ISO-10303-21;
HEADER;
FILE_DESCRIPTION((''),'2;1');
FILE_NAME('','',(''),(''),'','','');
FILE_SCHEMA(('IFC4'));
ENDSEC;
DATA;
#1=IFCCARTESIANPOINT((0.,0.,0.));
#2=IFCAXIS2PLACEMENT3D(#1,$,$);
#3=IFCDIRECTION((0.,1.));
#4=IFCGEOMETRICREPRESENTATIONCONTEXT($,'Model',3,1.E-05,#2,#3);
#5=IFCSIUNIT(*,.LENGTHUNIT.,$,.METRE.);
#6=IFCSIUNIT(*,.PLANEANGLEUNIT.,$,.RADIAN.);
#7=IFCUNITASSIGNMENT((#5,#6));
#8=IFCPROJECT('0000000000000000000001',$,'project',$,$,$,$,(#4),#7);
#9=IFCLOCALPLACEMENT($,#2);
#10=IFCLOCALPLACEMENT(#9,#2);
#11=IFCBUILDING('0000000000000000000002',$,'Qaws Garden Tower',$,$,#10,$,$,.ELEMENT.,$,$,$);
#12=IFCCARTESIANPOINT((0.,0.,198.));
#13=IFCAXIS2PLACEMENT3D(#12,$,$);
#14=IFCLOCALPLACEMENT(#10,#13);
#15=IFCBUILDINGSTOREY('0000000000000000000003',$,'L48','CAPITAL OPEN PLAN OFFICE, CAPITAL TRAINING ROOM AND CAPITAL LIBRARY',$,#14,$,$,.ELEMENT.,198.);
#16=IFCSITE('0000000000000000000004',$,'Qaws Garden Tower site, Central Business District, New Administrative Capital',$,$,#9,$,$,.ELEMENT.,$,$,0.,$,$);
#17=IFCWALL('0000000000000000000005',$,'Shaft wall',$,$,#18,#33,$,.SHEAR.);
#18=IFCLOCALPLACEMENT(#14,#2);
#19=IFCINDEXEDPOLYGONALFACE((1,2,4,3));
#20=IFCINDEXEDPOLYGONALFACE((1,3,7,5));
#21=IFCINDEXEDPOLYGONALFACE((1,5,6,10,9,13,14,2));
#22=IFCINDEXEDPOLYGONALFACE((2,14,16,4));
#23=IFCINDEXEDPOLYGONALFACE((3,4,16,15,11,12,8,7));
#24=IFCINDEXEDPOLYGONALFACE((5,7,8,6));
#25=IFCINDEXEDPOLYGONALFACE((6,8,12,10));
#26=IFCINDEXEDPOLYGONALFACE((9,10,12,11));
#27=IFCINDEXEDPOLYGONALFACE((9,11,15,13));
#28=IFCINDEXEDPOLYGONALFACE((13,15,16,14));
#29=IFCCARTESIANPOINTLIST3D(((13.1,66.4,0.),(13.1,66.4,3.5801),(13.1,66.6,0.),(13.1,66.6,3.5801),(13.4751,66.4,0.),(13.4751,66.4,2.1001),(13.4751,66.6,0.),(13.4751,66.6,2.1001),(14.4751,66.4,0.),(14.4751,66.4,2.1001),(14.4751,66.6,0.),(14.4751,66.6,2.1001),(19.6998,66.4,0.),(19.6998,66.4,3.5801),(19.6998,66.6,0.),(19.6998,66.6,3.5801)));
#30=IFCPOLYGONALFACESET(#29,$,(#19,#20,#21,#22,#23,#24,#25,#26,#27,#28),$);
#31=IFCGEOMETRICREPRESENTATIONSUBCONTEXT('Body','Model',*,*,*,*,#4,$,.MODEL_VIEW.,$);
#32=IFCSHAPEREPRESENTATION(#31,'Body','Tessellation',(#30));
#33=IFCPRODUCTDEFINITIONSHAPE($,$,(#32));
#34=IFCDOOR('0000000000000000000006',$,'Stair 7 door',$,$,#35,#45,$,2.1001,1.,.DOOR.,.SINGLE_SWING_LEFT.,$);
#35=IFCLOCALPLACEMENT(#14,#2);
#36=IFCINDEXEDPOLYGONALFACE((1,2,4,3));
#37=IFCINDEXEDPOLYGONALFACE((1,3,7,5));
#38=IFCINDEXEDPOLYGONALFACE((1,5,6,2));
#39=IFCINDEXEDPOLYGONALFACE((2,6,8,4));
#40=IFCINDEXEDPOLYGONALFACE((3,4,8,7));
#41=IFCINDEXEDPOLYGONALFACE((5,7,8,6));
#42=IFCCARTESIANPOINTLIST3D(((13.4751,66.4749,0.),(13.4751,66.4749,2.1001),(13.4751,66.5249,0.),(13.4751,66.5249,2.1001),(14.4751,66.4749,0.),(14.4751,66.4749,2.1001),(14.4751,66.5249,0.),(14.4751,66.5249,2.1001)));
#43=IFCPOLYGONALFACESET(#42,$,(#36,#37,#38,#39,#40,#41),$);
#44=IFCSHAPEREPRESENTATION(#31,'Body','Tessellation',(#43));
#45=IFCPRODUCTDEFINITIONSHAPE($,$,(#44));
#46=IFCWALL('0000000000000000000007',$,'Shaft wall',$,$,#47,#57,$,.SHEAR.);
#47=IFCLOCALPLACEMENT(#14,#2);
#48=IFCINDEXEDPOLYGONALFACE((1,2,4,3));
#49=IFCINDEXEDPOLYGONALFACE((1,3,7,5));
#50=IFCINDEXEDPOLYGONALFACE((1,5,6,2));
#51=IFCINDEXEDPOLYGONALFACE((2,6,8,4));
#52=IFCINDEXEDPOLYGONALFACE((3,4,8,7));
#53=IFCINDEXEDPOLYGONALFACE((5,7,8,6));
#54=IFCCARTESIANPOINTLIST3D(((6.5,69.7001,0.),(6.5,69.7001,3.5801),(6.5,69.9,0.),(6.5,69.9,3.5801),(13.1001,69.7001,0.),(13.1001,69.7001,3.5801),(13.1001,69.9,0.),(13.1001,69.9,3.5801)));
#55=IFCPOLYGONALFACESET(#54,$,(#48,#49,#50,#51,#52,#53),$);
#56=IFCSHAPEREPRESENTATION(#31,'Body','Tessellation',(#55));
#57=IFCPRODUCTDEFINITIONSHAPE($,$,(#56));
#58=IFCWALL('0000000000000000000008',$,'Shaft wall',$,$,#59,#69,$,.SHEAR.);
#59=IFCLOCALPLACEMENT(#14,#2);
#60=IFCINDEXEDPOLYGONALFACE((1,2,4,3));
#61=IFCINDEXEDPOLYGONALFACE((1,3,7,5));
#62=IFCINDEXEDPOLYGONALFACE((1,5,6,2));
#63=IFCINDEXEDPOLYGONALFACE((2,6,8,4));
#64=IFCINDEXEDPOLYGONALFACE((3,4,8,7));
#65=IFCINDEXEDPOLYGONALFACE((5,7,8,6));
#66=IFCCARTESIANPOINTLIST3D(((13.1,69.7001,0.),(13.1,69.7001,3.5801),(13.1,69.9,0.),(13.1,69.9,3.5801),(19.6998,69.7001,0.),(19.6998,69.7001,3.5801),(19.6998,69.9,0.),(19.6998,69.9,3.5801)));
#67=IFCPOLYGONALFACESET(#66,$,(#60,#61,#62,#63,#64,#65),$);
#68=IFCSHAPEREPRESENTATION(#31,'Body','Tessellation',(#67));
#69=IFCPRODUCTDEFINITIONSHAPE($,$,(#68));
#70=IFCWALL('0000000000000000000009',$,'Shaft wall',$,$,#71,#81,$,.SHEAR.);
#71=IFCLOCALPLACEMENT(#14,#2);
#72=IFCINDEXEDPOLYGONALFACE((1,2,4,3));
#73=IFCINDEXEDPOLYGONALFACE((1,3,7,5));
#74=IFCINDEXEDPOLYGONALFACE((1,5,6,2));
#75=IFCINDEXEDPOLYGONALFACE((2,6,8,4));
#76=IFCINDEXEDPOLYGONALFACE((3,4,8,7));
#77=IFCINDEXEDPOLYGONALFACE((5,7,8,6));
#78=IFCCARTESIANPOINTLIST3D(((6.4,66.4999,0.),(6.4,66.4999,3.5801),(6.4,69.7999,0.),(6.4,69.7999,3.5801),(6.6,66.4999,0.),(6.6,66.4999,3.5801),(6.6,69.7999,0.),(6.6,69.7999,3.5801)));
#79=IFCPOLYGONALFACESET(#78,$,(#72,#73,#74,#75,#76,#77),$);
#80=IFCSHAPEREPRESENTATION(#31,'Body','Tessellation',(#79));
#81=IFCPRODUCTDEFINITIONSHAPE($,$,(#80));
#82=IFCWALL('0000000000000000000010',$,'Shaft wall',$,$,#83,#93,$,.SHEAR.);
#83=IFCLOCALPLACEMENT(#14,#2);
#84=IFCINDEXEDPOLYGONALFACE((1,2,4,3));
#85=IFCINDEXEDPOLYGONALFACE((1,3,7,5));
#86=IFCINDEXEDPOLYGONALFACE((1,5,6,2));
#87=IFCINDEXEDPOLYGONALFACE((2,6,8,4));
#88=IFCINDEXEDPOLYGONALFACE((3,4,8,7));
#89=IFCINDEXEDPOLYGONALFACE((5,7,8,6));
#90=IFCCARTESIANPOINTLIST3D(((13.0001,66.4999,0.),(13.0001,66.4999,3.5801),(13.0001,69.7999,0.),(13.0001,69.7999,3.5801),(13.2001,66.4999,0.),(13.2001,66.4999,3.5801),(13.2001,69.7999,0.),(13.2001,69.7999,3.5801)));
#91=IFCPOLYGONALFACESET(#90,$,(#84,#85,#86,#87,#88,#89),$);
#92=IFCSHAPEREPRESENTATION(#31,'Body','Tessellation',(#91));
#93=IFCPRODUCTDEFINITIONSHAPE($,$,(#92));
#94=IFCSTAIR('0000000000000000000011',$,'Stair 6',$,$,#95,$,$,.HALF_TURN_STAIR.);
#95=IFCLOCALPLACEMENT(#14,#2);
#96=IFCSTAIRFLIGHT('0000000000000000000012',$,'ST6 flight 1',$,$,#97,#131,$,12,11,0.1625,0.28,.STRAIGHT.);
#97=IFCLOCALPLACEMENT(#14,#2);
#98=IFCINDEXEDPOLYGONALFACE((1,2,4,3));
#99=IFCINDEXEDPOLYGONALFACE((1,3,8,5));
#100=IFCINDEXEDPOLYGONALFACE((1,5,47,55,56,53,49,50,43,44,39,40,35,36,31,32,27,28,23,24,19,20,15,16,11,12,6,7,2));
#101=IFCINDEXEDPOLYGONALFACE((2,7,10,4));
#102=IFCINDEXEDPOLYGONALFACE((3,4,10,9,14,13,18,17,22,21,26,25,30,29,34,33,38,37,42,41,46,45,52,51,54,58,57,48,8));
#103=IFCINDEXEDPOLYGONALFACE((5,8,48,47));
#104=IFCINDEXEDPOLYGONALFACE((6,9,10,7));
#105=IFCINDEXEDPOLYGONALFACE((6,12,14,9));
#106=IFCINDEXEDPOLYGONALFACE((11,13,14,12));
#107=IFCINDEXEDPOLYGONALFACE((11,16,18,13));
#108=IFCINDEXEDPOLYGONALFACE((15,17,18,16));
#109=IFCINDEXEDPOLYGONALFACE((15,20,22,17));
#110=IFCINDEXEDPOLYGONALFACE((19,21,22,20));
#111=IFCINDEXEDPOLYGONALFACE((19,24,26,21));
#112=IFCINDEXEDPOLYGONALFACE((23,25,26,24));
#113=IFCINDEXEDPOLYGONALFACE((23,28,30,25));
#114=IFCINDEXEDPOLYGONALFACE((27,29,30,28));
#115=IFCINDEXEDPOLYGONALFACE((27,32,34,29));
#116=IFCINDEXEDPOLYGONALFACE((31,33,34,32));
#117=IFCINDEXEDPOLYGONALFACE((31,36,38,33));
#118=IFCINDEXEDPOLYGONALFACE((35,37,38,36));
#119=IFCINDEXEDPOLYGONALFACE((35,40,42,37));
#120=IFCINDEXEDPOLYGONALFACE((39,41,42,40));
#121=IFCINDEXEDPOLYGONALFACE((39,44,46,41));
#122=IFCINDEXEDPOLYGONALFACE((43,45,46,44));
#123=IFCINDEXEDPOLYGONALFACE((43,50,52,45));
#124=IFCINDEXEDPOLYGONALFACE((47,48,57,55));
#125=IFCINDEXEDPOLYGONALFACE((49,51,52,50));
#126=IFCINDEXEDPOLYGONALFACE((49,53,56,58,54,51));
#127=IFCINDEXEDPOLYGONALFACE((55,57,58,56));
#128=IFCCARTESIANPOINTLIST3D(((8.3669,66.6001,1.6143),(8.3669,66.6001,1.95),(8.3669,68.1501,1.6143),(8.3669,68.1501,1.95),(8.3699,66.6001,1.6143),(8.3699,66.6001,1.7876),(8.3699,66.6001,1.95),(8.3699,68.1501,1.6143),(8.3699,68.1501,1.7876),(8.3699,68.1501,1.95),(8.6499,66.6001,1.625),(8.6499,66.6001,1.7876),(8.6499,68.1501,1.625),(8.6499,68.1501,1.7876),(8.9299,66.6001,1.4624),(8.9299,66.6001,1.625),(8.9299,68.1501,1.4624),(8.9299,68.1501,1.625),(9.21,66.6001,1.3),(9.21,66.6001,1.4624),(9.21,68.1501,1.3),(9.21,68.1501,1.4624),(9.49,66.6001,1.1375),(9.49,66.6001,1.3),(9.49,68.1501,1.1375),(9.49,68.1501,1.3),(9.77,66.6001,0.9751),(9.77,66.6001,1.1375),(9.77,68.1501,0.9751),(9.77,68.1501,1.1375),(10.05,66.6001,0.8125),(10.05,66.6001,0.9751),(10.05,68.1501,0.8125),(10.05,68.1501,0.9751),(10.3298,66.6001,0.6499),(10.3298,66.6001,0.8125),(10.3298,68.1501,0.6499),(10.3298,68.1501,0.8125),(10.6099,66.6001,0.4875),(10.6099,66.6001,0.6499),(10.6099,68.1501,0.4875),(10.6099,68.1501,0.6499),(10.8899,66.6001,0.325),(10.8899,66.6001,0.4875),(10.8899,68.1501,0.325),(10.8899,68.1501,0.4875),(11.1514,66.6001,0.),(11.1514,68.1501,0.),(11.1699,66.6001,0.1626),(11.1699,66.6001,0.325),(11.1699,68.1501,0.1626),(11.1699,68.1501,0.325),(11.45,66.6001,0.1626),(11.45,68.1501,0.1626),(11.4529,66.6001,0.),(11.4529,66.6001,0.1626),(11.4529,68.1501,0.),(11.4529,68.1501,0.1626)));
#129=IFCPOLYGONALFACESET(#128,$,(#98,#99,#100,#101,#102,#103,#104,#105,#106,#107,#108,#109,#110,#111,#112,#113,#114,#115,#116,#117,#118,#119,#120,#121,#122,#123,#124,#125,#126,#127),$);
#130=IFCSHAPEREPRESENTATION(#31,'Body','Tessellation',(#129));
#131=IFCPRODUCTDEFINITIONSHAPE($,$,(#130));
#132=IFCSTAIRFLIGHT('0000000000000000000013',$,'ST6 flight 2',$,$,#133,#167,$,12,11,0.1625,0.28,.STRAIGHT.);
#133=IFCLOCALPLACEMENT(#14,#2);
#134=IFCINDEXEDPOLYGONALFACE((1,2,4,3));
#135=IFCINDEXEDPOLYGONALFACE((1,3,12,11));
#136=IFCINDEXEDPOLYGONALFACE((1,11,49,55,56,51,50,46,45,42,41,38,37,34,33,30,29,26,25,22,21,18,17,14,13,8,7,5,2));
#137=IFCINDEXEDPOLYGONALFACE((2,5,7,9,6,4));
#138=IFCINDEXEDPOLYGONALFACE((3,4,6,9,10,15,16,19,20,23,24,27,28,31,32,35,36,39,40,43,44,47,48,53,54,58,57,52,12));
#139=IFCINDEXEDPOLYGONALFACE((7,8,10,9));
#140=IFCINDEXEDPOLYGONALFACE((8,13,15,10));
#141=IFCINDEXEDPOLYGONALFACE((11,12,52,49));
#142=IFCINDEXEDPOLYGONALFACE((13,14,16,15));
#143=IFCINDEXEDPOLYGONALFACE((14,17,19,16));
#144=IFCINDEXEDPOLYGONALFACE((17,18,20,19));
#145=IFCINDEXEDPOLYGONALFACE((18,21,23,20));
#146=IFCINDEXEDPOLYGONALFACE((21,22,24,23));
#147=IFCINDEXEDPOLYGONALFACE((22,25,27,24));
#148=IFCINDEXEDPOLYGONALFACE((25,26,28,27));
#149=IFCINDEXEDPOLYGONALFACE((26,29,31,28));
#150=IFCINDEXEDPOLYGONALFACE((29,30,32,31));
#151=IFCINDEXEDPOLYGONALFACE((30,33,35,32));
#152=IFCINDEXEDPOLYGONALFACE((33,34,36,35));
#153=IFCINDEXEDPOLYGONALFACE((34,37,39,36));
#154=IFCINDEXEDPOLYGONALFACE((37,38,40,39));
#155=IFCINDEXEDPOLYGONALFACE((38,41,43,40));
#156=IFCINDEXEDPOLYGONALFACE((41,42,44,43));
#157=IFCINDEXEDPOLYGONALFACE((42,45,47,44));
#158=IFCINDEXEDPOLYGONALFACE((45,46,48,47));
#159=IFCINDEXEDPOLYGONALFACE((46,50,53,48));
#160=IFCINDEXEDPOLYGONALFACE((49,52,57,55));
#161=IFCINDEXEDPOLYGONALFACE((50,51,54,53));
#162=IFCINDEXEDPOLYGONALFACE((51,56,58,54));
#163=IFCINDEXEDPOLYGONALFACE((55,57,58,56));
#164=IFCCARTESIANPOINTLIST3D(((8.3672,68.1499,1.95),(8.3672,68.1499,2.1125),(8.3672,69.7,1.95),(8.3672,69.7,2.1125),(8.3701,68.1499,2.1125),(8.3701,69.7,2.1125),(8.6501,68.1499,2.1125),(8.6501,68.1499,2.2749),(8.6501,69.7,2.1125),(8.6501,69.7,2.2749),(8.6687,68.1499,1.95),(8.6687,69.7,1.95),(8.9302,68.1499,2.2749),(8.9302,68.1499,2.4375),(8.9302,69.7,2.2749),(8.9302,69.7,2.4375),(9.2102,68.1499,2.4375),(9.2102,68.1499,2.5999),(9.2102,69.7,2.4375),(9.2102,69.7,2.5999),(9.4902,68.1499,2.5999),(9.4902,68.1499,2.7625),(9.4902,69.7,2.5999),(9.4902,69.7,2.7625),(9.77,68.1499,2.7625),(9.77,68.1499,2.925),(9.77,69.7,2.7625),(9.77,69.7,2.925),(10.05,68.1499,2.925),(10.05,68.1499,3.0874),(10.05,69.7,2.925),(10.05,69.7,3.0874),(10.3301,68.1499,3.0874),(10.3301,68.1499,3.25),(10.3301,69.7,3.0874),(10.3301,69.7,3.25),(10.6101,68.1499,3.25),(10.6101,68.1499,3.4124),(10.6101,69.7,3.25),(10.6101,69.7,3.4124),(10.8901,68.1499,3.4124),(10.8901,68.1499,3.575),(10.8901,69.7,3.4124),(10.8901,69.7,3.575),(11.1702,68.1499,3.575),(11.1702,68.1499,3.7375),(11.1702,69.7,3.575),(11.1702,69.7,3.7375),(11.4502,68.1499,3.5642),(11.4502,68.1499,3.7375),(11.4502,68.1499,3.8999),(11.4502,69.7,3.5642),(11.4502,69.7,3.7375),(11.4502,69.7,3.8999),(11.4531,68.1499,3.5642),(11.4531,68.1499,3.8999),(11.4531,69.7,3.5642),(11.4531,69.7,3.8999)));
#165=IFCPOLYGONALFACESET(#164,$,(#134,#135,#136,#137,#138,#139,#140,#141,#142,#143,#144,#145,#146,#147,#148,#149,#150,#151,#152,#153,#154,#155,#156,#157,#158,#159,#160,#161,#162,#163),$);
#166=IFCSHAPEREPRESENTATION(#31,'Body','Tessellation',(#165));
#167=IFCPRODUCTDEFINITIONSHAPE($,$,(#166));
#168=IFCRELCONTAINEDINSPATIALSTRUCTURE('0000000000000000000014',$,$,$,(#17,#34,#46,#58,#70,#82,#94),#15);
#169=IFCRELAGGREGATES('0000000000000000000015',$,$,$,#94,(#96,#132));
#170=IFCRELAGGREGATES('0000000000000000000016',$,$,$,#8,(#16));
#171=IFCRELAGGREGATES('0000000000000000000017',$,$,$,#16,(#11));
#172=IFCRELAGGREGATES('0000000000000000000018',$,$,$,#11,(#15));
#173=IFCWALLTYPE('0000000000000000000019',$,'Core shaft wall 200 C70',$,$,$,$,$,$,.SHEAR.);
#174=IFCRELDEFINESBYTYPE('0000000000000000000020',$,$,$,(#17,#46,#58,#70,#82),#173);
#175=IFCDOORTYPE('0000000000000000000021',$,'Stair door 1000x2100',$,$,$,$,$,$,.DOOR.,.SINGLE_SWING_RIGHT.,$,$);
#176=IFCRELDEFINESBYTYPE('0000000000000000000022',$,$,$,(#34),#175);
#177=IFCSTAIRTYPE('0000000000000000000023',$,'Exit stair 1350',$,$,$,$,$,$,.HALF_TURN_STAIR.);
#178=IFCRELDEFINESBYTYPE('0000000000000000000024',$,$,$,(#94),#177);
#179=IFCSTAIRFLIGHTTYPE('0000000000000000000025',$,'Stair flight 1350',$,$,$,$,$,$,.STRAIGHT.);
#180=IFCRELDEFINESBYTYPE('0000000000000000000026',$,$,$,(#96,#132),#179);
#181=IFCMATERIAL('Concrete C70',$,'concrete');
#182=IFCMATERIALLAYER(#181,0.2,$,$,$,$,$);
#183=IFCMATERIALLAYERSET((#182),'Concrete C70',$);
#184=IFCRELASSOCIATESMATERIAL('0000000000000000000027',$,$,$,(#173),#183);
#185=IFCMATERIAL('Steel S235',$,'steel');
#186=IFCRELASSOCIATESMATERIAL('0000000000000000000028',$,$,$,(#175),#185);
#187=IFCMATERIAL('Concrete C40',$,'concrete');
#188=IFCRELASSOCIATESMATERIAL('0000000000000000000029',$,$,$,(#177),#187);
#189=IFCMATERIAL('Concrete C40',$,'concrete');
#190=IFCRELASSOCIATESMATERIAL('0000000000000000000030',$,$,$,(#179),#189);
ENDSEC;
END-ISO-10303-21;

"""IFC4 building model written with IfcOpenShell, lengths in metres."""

from ifc_helpers import new_model, si_unit, direction, frame, frame_2d, origin, place, context, subcontext, project, spatial, polyline, rectangle, outline, extrude, material, layer, layer_set, type_object, element, fill, aggregate, save


model = new_model("IFC4")

# Units and contexts
model_context = context("Model", 3, precision=1e-05, world=origin(), true_north=direction((0.0, 1.0)))
body_context = subcontext(model_context, "Body", "Model", "MODEL_VIEW")
ifc_project = project(units=[si_unit("LENGTHUNIT", "METRE"), si_unit("PLANEANGLEUNIT", "RADIAN")], contexts=[model_context])

# Site, building, storey
site_placement = place(None, origin())
site = spatial("IfcSite", under=ifc_project, at=site_placement, Name="Qaws Garden Tower site, Central Business District, New Administrative Capital", CompositionType="ELEMENT", RefElevation=0.0)
building_placement = place(site_placement, origin())
building = spatial("IfcBuilding", under=site, at=building_placement, Name="Qaws Garden Tower", CompositionType="ELEMENT")
storey_placement = place(building_placement, frame((0.0, 0.0, 198.0)))
storey = spatial("IfcBuildingStorey", under=building, at=storey_placement, Name="L48", Description="CAPITAL OPEN PLAN OFFICE, CAPITAL TRAINING ROOM AND CAPITAL LIBRARY", CompositionType="ELEMENT", Elevation=198.0)

# Wall, opening, door
ifc_material_1 = material(Name="Concrete C70", Category="concrete")
ifc_layer_1 = layer(ifc_material_1, 0.2)
ifc_layer_set_1 = layer_set([ifc_layer_1], Name="Concrete C70")
wall_type_1 = type_object("IfcWallType", Name="Core shaft wall 200 C70", PredefinedType="SHEAR", material=ifc_layer_set_1)
wall_1_placement = place(storey_placement, frame((13.1001, 66.5, 0.0), z_axis=(0.0, 0.0, 1.0), x_axis=(1.0, 0.0, 0.0)))
wall_1 = element("IfcWall", 1, at=wall_1_placement, inside=storey, type_object=wall_type_1, Name="Shaft wall", PredefinedType="SHEAR", context=body_context, shape_type="SweptSolid", body=[
    extrude(rectangle(XDim=6.5999, YDim=0.2, at=frame_2d((3.2998, 0.0))), origin(), (0.0, 0.0, 1.0), 3.5801),
])
opening_1_placement = place(wall_1_placement, frame((0.375, 0.0, 0.0)))
opening_1 = element("IfcOpeningElement", 2, at=opening_1_placement, cuts=wall_1, PredefinedType="OPENING", context=body_context, shape_type="SweptSolid", body=[
    extrude(rectangle(XDim=1.0, YDim=2.1001, at=frame_2d((0.5, 1.05))), frame((0.0, 0.1099, 0.0), z_axis=(0.0, -1.0, 0.0), x_axis=(1.0, 0.0, 0.0)), (0.0, 0.0, 1.0), 0.22),
])
ifc_material_2 = material(Name="Steel S235", Category="steel")
door_type = type_object("IfcDoorType", Name="Stair door 1000x2100", OperationType="SINGLE_SWING_RIGHT", PredefinedType="DOOR", material=ifc_material_2)
door_placement = place(opening_1_placement, origin())
door = element("IfcDoor", 3, at=door_placement, inside=storey, type_object=door_type, Name="Stair 7 door", OperationType="SINGLE_SWING_LEFT", OverallHeight=2.1001, OverallWidth=1.0, PredefinedType="DOOR", context=body_context, shape_type="SweptSolid", body=[
    extrude(rectangle(XDim=1.0, YDim=2.1001, at=frame_2d((0.5, 1.05))), frame((0.0, 0.0249, 0.0), z_axis=(0.0, -1.0, 0.0), x_axis=(1.0, 0.0, 0.0)), (0.0, 0.0, 1.0), 0.05),
])
fill(opening_1, door)

# Walls
wall_2_placement = place(storey_placement, frame((6.5, 69.8, 0.0), z_axis=(0.0, 0.0, 1.0), x_axis=(1.0, 0.0, 0.0)))
element("IfcWall", 4, at=wall_2_placement, inside=storey, type_object=wall_type_1, Name="Shaft wall", PredefinedType="SHEAR", context=body_context, shape_type="SweptSolid", body=[
    extrude(rectangle(XDim=6.6001, YDim=0.2, at=frame_2d((3.3, 0.0))), origin(), (0.0, 0.0, 1.0), 3.5801),
])
wall_3_placement = place(storey_placement, frame((13.1001, 69.8, 0.0), z_axis=(0.0, 0.0, 1.0), x_axis=(1.0, 0.0, 0.0)))
element("IfcWall", 5, at=wall_3_placement, inside=storey, type_object=wall_type_1, Name="Shaft wall", PredefinedType="SHEAR", context=body_context, shape_type="SweptSolid", body=[
    extrude(rectangle(XDim=6.5999, YDim=0.2, at=frame_2d((3.2998, 0.0))), origin(), (0.0, 0.0, 1.0), 3.5801),
])
for number, where, z_axis, x_axis, name in (
    (6, (6.5, 66.5, 0.0), (0.0, 0.0, 1.0), (0.0, 1.0, 0.0), "Shaft wall"),
    (7, (13.1001, 66.5, 0.0), (0.0, 0.0, 1.0), (0.0, 1.0, 0.0), "Shaft wall"),
):
    element("IfcWall", number, at=place(storey_placement, frame(where, z_axis=z_axis, x_axis=x_axis)), inside=storey, type_object=wall_type_1, Name=name, PredefinedType="SHEAR", context=body_context, shape_type="SweptSolid", body=[
        extrude(rectangle(XDim=3.3, YDim=0.2, at=frame_2d((1.6499, 0.0))), origin(), (0.0, 0.0, 1.0), 3.5801),
    ])

# Stair, stair flights
ifc_material_3 = material(Name="Concrete C40", Category="concrete")
stair_type = type_object("IfcStairType", Name="Exit stair 1350", PredefinedType="HALF_TURN_STAIR", material=ifc_material_3)
placement = place(storey_placement, origin())
stair_1 = element("IfcStair", 8, at=placement, inside=storey, type_object=stair_type, Name="Stair 6", PredefinedType="HALF_TURN_STAIR")
ifc_material_4 = material(Name="Concrete C40", Category="concrete")
stair_flight_type = type_object("IfcStairFlightType", Name="Stair flight 1350", PredefinedType="STRAIGHT", material=ifc_material_4)
stair_flight_1_placement = place(storey_placement, frame((11.45, 67.375, 0.0), z_axis=(0.0, 0.0, 1.0), x_axis=(-1.0, 0.0, 0.0)))
stair_flight_1 = element("IfcStairFlight", 9, at=stair_flight_1_placement, type_object=stair_flight_type, Name="ST6 flight 1", NumberOfRisers=12, NumberOfTreads=11, PredefinedType="STRAIGHT", RiserHeight=0.1625, TreadLength=0.28, context=body_context, shape_type="SweptSolid", body=[
    extrude(outline(polyline([(-0.0029, 0.0), (-0.0029, 0.1626), (0.0, 0.1626), (0.28, 0.1626), (0.28, 0.325), (0.5601, 0.325), (0.5601, 0.4875), (0.8401, 0.4875), (0.8401, 0.6499), (1.1201, 0.6499), (1.1201, 0.8125), (1.3999, 0.8125), (1.3999, 0.9751), (1.6799, 0.9751), (1.6799, 1.1375), (1.96, 1.1375), (1.96, 1.3), (2.24, 1.3), (2.24, 1.4624), (2.52, 1.4624), (2.52, 1.625), (2.8, 1.625), (2.8, 1.7876), (3.0801, 1.7876), (3.0801, 1.95), (3.083, 1.95), (3.083, 1.6143), (3.0801, 1.6143), (0.2986, 0.0), (-0.0029, 0.0)])), frame((0.0, 0.7749, 0.0), z_axis=(0.0, -1.0, 0.0), x_axis=(1.0, 0.0, 0.0)), (0.0, 0.0, 1.0), 1.55),
])
stair_flight_2_placement = place(storey_placement, frame((8.3701, 68.925, 1.95), z_axis=(0.0, 0.0, 1.0), x_axis=(1.0, 0.0, 0.0)))
stair_flight_2 = element("IfcStairFlight", 10, at=stair_flight_2_placement, type_object=stair_flight_type, Name="ST6 flight 2", NumberOfRisers=12, NumberOfTreads=11, PredefinedType="STRAIGHT", RiserHeight=0.1625, TreadLength=0.28, context=body_context, shape_type="SweptSolid", body=[
    extrude(outline(polyline([(-0.0029, 0.0), (-0.0029, 0.1626), (0.0, 0.1626), (0.28, 0.1626), (0.28, 0.325), (0.5601, 0.325), (0.5601, 0.4875), (0.8401, 0.4875), (0.8401, 0.6499), (1.1201, 0.6499), (1.1201, 0.8125), (1.3999, 0.8125), (1.3999, 0.9751), (1.6799, 0.9751), (1.6799, 1.1375), (1.96, 1.1375), (1.96, 1.3), (2.24, 1.3), (2.24, 1.4624), (2.52, 1.4624), (2.52, 1.625), (2.8, 1.625), (2.8, 1.7876), (3.0801, 1.7876), (3.0801, 1.95), (3.083, 1.95), (3.083, 1.6143), (3.0801, 1.6143), (0.2986, 0.0), (-0.0029, 0.0)])), frame((0.0, 0.7749, 0.0), z_axis=(0.0, -1.0, 0.0), x_axis=(1.0, 0.0, 0.0)), (0.0, 0.0, 1.0), 1.55),
])
aggregate(stair_1, [stair_flight_1, stair_flight_2])

save(model, "model.ifc")
